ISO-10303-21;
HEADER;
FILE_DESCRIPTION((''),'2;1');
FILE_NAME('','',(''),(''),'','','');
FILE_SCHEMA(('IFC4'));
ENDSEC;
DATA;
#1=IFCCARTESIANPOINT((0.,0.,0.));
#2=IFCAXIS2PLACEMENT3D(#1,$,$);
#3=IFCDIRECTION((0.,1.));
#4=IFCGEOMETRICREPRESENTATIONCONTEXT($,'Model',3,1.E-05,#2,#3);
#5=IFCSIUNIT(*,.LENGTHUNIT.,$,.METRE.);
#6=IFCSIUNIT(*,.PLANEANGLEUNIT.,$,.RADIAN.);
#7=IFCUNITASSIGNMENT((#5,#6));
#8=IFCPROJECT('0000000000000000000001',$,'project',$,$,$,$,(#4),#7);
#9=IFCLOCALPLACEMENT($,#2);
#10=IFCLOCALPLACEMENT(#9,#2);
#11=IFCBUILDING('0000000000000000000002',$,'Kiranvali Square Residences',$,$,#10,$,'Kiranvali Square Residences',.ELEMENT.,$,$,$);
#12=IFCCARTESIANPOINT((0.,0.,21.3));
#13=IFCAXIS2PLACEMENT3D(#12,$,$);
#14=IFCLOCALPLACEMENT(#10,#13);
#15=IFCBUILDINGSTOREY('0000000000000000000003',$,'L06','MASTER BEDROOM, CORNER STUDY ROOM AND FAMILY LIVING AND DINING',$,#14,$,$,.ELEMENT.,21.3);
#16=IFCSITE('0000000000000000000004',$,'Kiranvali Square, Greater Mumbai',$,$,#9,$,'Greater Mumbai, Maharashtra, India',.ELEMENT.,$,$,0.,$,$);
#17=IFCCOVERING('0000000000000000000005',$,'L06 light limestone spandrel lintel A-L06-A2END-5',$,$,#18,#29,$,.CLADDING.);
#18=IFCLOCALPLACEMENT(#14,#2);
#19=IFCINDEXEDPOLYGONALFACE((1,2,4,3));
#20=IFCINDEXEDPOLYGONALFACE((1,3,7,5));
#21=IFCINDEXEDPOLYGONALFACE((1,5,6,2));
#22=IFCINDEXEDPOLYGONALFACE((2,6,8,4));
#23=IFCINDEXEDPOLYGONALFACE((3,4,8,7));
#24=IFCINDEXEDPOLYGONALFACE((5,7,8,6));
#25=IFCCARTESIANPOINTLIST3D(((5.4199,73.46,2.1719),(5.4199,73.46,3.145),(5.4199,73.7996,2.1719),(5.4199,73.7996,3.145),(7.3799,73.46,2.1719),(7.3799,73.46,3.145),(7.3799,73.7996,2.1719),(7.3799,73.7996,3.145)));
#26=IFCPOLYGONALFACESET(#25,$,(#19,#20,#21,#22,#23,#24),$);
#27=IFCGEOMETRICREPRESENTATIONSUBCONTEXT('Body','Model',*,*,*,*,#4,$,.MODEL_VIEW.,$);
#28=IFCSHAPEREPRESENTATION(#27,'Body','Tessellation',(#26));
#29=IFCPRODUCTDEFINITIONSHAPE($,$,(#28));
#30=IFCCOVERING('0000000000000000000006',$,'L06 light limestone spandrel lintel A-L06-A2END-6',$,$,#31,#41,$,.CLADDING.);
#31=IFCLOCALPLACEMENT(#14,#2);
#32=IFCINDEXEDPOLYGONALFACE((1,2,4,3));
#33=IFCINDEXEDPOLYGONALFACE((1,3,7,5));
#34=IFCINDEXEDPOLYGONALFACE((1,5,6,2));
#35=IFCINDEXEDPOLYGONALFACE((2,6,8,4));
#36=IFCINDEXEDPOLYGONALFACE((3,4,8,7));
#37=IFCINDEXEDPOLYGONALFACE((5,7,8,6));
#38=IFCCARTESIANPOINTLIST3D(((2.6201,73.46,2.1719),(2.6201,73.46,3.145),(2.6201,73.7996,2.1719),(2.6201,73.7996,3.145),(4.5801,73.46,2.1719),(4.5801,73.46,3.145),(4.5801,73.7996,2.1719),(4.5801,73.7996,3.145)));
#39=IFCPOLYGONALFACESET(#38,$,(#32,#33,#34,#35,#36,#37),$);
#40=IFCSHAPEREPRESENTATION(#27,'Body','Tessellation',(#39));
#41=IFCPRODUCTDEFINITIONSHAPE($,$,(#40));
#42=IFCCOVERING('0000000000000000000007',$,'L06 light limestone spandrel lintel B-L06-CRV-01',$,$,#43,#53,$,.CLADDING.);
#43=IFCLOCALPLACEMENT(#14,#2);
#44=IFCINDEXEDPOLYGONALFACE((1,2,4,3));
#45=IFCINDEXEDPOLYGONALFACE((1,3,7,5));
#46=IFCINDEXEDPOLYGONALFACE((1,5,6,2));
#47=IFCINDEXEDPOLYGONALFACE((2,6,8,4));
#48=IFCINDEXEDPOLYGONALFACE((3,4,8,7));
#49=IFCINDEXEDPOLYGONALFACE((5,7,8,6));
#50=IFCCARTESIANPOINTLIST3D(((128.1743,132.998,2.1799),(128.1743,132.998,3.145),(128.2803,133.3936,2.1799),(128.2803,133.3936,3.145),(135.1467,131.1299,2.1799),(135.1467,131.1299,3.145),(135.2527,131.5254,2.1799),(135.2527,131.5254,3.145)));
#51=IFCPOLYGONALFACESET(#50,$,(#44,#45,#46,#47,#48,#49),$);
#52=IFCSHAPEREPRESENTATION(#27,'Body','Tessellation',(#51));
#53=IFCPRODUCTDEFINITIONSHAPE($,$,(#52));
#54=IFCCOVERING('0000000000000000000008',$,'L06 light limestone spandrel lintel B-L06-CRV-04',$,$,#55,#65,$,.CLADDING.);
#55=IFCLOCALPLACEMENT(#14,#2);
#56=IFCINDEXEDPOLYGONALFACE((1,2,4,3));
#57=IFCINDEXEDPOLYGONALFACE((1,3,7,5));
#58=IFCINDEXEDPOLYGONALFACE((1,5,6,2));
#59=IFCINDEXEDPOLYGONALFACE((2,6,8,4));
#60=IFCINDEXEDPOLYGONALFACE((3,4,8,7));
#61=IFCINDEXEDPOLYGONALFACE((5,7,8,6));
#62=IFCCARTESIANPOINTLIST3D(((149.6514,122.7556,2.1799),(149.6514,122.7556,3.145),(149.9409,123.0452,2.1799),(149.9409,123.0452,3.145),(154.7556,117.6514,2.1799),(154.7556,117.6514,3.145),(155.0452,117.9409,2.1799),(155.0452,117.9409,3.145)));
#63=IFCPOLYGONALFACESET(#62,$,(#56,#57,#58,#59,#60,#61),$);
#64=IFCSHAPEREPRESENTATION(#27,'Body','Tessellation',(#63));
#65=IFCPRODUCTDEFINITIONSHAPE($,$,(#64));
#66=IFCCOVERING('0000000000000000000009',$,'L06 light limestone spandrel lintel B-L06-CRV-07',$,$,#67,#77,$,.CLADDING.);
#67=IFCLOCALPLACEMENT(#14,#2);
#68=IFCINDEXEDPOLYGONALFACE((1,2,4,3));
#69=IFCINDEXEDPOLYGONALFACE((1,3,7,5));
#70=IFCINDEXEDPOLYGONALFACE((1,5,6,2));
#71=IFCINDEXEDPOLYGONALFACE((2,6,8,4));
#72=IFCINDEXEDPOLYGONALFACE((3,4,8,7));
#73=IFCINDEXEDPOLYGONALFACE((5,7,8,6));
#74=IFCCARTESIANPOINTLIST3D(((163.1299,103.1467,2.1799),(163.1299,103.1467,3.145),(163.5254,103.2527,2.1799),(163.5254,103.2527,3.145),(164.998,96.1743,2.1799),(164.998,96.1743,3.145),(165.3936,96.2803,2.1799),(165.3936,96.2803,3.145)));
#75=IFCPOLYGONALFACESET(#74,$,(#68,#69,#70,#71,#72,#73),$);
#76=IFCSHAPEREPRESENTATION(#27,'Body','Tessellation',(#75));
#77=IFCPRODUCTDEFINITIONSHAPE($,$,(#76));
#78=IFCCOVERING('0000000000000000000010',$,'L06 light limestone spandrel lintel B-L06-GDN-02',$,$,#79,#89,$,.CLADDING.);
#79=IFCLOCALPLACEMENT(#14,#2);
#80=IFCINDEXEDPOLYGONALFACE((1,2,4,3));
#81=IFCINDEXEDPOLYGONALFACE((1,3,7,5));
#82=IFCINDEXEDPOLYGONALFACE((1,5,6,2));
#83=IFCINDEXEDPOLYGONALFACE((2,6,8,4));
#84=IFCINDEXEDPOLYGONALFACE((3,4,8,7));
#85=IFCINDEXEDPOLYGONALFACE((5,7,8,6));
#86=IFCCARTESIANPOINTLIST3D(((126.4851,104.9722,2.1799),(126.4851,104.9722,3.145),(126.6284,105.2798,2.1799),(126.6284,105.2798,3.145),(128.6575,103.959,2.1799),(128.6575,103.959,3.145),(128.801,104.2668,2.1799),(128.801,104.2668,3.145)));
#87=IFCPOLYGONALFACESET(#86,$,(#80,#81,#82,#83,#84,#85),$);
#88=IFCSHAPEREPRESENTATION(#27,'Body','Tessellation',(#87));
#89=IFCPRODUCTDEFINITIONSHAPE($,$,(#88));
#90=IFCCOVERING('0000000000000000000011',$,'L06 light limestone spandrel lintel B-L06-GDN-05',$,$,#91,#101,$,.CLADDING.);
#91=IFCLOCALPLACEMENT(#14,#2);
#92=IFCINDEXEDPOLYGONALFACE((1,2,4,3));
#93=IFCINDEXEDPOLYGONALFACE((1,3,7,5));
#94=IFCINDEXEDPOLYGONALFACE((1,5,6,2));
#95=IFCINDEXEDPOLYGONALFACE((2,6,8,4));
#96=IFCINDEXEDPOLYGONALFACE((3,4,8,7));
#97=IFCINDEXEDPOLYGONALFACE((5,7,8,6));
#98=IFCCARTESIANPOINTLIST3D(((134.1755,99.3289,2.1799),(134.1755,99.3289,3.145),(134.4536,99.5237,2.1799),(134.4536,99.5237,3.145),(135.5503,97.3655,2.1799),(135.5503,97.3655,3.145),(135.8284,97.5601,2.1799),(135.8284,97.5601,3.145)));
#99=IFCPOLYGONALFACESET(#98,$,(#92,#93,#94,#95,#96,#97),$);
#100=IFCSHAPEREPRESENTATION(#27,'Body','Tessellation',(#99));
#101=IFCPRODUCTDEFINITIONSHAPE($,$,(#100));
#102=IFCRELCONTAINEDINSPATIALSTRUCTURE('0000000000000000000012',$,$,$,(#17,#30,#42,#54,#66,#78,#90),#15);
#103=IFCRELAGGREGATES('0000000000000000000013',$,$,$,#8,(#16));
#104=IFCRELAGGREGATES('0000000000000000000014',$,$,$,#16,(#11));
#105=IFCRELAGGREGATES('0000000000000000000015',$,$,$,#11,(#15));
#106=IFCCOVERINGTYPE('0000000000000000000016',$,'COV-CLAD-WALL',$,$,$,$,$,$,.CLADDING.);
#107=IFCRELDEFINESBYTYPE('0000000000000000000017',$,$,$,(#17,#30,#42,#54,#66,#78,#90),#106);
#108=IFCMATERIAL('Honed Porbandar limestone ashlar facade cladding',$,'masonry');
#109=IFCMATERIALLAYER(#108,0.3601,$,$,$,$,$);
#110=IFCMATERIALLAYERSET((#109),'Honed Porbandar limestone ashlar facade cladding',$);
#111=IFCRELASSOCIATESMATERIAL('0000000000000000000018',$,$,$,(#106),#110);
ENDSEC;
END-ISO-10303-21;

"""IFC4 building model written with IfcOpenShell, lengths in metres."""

from ifc_helpers import new_model, si_unit, direction, frame, origin, place, context, subcontext, project, spatial, polyline, outline, extrude, material, layer, layer_set, type_object, element, save


model = new_model("IFC4")

# Units and contexts
model_context = context("Model", 3, precision=1e-05, world=origin(), true_north=direction((0.0, 1.0)))
body_context = subcontext(model_context, "Body", "Model", "MODEL_VIEW")
ifc_project = project(units=[si_unit("LENGTHUNIT", "METRE"), si_unit("PLANEANGLEUNIT", "RADIAN")], contexts=[model_context])

# Site, building, storey
site_placement = place(None, origin())
site = spatial("IfcSite", under=ifc_project, at=site_placement, Name="Kiranvali Square, Greater Mumbai", LongName="Greater Mumbai, Maharashtra, India", CompositionType="ELEMENT", RefElevation=0.0)
building_placement = place(site_placement, origin())
building = spatial("IfcBuilding", under=site, at=building_placement, Name="Kiranvali Square Residences", LongName="Kiranvali Square Residences", CompositionType="ELEMENT")
storey_placement = place(building_placement, frame((0.0, 0.0, 21.3)))
storey = spatial("IfcBuildingStorey", under=building, at=storey_placement, Name="L06", Description="MASTER BEDROOM, CORNER STUDY ROOM AND FAMILY LIVING AND DINING", CompositionType="ELEMENT", Elevation=21.3)

# Coverings
ifc_material = material(Name="Honed Porbandar limestone ashlar facade cladding", Category="masonry")
ifc_layer_1 = layer(ifc_material, 0.3601)
ifc_layer_set_1 = layer_set([ifc_layer_1], Name="Honed Porbandar limestone ashlar facade cladding")
covering_type_1 = type_object("IfcCoveringType", Name="COV-CLAD-WALL", PredefinedType="CLADDING", material=ifc_layer_set_1)
covering_1_placement = place(storey_placement, frame((0.0, 0.0, 2.1719)))
element("IfcCovering", 1, at=covering_1_placement, inside=storey, type_object=covering_type_1, Name="L06 light limestone spandrel lintel A-L06-A2END-5", PredefinedType="CLADDING", context=body_context, shape_type="SweptSolid", body=[
    extrude(outline(polyline([(7.3799, 73.7996), (5.4199, 73.7996), (5.4199, 73.46), (7.3799, 73.46), (7.3799, 73.7996)])), origin(), (0.0, 0.0, 1.0), 0.9731),
])
covering_2_placement = place(storey_placement, frame((0.0, 0.0, 2.1719)))
element("IfcCovering", 2, at=covering_2_placement, inside=storey, type_object=covering_type_1, Name="L06 light limestone spandrel lintel A-L06-A2END-6", PredefinedType="CLADDING", context=body_context, shape_type="SweptSolid", body=[
    extrude(outline(polyline([(4.5801, 73.7996), (2.6201, 73.7996), (2.6201, 73.46), (4.5801, 73.46), (4.5801, 73.7996)])), origin(), (0.0, 0.0, 1.0), 0.9731),
])
covering_3_placement = place(storey_placement, frame((0.0, 0.0, 2.1799)))
element("IfcCovering", 3, at=covering_3_placement, inside=storey, type_object=covering_type_1, Name="L06 light limestone spandrel lintel B-L06-CRV-01", PredefinedType="CLADDING", context=body_context, shape_type="SweptSolid", body=[
    extrude(outline(polyline([(128.1743, 132.998), (135.1467, 131.1299), (135.2527, 131.5254), (128.2803, 133.3936), (128.1743, 132.998)])), origin(), (0.0, 0.0, 1.0), 0.9651),
])
covering_4_placement = place(storey_placement, frame((0.0, 0.0, 2.1799)))
element("IfcCovering", 4, at=covering_4_placement, inside=storey, type_object=covering_type_1, Name="L06 light limestone spandrel lintel B-L06-CRV-04", PredefinedType="CLADDING", context=body_context, shape_type="SweptSolid", body=[
    extrude(outline(polyline([(149.6514, 122.7556), (154.7556, 117.6514), (155.0452, 117.9409), (149.9409, 123.0452), (149.6514, 122.7556)])), origin(), (0.0, 0.0, 1.0), 0.9651),
])
covering_5_placement = place(storey_placement, frame((0.0, 0.0, 2.1799)))
element("IfcCovering", 5, at=covering_5_placement, inside=storey, type_object=covering_type_1, Name="L06 light limestone spandrel lintel B-L06-CRV-07", PredefinedType="CLADDING", context=body_context, shape_type="SweptSolid", body=[
    extrude(outline(polyline([(163.1299, 103.1467), (164.998, 96.1743), (165.3936, 96.2803), (163.5254, 103.2527), (163.1299, 103.1467)])), origin(), (0.0, 0.0, 1.0), 0.9651),
])
covering_6_placement = place(storey_placement, frame((0.0, 0.0, 2.1799)))
element("IfcCovering", 6, at=covering_6_placement, inside=storey, type_object=covering_type_1, Name="L06 light limestone spandrel lintel B-L06-GDN-02", PredefinedType="CLADDING", context=body_context, shape_type="SweptSolid", body=[
    extrude(outline(polyline([(126.4851, 104.9722), (128.6575, 103.959), (128.801, 104.2668), (126.6284, 105.2798), (126.4851, 104.9722)])), origin(), (0.0, 0.0, 1.0), 0.9651),
])
covering_7_placement = place(storey_placement, frame((0.0, 0.0, 2.1799)))
element("IfcCovering", 7, at=covering_7_placement, inside=storey, type_object=covering_type_1, Name="L06 light limestone spandrel lintel B-L06-GDN-05", PredefinedType="CLADDING", context=body_context, shape_type="SweptSolid", body=[
    extrude(outline(polyline([(134.1755, 99.3289), (135.5503, 97.3655), (135.8284, 97.5601), (134.4536, 99.5237), (134.1755, 99.3289)])), origin(), (0.0, 0.0, 1.0), 0.9651),
])

save(model, "model.ifc")
